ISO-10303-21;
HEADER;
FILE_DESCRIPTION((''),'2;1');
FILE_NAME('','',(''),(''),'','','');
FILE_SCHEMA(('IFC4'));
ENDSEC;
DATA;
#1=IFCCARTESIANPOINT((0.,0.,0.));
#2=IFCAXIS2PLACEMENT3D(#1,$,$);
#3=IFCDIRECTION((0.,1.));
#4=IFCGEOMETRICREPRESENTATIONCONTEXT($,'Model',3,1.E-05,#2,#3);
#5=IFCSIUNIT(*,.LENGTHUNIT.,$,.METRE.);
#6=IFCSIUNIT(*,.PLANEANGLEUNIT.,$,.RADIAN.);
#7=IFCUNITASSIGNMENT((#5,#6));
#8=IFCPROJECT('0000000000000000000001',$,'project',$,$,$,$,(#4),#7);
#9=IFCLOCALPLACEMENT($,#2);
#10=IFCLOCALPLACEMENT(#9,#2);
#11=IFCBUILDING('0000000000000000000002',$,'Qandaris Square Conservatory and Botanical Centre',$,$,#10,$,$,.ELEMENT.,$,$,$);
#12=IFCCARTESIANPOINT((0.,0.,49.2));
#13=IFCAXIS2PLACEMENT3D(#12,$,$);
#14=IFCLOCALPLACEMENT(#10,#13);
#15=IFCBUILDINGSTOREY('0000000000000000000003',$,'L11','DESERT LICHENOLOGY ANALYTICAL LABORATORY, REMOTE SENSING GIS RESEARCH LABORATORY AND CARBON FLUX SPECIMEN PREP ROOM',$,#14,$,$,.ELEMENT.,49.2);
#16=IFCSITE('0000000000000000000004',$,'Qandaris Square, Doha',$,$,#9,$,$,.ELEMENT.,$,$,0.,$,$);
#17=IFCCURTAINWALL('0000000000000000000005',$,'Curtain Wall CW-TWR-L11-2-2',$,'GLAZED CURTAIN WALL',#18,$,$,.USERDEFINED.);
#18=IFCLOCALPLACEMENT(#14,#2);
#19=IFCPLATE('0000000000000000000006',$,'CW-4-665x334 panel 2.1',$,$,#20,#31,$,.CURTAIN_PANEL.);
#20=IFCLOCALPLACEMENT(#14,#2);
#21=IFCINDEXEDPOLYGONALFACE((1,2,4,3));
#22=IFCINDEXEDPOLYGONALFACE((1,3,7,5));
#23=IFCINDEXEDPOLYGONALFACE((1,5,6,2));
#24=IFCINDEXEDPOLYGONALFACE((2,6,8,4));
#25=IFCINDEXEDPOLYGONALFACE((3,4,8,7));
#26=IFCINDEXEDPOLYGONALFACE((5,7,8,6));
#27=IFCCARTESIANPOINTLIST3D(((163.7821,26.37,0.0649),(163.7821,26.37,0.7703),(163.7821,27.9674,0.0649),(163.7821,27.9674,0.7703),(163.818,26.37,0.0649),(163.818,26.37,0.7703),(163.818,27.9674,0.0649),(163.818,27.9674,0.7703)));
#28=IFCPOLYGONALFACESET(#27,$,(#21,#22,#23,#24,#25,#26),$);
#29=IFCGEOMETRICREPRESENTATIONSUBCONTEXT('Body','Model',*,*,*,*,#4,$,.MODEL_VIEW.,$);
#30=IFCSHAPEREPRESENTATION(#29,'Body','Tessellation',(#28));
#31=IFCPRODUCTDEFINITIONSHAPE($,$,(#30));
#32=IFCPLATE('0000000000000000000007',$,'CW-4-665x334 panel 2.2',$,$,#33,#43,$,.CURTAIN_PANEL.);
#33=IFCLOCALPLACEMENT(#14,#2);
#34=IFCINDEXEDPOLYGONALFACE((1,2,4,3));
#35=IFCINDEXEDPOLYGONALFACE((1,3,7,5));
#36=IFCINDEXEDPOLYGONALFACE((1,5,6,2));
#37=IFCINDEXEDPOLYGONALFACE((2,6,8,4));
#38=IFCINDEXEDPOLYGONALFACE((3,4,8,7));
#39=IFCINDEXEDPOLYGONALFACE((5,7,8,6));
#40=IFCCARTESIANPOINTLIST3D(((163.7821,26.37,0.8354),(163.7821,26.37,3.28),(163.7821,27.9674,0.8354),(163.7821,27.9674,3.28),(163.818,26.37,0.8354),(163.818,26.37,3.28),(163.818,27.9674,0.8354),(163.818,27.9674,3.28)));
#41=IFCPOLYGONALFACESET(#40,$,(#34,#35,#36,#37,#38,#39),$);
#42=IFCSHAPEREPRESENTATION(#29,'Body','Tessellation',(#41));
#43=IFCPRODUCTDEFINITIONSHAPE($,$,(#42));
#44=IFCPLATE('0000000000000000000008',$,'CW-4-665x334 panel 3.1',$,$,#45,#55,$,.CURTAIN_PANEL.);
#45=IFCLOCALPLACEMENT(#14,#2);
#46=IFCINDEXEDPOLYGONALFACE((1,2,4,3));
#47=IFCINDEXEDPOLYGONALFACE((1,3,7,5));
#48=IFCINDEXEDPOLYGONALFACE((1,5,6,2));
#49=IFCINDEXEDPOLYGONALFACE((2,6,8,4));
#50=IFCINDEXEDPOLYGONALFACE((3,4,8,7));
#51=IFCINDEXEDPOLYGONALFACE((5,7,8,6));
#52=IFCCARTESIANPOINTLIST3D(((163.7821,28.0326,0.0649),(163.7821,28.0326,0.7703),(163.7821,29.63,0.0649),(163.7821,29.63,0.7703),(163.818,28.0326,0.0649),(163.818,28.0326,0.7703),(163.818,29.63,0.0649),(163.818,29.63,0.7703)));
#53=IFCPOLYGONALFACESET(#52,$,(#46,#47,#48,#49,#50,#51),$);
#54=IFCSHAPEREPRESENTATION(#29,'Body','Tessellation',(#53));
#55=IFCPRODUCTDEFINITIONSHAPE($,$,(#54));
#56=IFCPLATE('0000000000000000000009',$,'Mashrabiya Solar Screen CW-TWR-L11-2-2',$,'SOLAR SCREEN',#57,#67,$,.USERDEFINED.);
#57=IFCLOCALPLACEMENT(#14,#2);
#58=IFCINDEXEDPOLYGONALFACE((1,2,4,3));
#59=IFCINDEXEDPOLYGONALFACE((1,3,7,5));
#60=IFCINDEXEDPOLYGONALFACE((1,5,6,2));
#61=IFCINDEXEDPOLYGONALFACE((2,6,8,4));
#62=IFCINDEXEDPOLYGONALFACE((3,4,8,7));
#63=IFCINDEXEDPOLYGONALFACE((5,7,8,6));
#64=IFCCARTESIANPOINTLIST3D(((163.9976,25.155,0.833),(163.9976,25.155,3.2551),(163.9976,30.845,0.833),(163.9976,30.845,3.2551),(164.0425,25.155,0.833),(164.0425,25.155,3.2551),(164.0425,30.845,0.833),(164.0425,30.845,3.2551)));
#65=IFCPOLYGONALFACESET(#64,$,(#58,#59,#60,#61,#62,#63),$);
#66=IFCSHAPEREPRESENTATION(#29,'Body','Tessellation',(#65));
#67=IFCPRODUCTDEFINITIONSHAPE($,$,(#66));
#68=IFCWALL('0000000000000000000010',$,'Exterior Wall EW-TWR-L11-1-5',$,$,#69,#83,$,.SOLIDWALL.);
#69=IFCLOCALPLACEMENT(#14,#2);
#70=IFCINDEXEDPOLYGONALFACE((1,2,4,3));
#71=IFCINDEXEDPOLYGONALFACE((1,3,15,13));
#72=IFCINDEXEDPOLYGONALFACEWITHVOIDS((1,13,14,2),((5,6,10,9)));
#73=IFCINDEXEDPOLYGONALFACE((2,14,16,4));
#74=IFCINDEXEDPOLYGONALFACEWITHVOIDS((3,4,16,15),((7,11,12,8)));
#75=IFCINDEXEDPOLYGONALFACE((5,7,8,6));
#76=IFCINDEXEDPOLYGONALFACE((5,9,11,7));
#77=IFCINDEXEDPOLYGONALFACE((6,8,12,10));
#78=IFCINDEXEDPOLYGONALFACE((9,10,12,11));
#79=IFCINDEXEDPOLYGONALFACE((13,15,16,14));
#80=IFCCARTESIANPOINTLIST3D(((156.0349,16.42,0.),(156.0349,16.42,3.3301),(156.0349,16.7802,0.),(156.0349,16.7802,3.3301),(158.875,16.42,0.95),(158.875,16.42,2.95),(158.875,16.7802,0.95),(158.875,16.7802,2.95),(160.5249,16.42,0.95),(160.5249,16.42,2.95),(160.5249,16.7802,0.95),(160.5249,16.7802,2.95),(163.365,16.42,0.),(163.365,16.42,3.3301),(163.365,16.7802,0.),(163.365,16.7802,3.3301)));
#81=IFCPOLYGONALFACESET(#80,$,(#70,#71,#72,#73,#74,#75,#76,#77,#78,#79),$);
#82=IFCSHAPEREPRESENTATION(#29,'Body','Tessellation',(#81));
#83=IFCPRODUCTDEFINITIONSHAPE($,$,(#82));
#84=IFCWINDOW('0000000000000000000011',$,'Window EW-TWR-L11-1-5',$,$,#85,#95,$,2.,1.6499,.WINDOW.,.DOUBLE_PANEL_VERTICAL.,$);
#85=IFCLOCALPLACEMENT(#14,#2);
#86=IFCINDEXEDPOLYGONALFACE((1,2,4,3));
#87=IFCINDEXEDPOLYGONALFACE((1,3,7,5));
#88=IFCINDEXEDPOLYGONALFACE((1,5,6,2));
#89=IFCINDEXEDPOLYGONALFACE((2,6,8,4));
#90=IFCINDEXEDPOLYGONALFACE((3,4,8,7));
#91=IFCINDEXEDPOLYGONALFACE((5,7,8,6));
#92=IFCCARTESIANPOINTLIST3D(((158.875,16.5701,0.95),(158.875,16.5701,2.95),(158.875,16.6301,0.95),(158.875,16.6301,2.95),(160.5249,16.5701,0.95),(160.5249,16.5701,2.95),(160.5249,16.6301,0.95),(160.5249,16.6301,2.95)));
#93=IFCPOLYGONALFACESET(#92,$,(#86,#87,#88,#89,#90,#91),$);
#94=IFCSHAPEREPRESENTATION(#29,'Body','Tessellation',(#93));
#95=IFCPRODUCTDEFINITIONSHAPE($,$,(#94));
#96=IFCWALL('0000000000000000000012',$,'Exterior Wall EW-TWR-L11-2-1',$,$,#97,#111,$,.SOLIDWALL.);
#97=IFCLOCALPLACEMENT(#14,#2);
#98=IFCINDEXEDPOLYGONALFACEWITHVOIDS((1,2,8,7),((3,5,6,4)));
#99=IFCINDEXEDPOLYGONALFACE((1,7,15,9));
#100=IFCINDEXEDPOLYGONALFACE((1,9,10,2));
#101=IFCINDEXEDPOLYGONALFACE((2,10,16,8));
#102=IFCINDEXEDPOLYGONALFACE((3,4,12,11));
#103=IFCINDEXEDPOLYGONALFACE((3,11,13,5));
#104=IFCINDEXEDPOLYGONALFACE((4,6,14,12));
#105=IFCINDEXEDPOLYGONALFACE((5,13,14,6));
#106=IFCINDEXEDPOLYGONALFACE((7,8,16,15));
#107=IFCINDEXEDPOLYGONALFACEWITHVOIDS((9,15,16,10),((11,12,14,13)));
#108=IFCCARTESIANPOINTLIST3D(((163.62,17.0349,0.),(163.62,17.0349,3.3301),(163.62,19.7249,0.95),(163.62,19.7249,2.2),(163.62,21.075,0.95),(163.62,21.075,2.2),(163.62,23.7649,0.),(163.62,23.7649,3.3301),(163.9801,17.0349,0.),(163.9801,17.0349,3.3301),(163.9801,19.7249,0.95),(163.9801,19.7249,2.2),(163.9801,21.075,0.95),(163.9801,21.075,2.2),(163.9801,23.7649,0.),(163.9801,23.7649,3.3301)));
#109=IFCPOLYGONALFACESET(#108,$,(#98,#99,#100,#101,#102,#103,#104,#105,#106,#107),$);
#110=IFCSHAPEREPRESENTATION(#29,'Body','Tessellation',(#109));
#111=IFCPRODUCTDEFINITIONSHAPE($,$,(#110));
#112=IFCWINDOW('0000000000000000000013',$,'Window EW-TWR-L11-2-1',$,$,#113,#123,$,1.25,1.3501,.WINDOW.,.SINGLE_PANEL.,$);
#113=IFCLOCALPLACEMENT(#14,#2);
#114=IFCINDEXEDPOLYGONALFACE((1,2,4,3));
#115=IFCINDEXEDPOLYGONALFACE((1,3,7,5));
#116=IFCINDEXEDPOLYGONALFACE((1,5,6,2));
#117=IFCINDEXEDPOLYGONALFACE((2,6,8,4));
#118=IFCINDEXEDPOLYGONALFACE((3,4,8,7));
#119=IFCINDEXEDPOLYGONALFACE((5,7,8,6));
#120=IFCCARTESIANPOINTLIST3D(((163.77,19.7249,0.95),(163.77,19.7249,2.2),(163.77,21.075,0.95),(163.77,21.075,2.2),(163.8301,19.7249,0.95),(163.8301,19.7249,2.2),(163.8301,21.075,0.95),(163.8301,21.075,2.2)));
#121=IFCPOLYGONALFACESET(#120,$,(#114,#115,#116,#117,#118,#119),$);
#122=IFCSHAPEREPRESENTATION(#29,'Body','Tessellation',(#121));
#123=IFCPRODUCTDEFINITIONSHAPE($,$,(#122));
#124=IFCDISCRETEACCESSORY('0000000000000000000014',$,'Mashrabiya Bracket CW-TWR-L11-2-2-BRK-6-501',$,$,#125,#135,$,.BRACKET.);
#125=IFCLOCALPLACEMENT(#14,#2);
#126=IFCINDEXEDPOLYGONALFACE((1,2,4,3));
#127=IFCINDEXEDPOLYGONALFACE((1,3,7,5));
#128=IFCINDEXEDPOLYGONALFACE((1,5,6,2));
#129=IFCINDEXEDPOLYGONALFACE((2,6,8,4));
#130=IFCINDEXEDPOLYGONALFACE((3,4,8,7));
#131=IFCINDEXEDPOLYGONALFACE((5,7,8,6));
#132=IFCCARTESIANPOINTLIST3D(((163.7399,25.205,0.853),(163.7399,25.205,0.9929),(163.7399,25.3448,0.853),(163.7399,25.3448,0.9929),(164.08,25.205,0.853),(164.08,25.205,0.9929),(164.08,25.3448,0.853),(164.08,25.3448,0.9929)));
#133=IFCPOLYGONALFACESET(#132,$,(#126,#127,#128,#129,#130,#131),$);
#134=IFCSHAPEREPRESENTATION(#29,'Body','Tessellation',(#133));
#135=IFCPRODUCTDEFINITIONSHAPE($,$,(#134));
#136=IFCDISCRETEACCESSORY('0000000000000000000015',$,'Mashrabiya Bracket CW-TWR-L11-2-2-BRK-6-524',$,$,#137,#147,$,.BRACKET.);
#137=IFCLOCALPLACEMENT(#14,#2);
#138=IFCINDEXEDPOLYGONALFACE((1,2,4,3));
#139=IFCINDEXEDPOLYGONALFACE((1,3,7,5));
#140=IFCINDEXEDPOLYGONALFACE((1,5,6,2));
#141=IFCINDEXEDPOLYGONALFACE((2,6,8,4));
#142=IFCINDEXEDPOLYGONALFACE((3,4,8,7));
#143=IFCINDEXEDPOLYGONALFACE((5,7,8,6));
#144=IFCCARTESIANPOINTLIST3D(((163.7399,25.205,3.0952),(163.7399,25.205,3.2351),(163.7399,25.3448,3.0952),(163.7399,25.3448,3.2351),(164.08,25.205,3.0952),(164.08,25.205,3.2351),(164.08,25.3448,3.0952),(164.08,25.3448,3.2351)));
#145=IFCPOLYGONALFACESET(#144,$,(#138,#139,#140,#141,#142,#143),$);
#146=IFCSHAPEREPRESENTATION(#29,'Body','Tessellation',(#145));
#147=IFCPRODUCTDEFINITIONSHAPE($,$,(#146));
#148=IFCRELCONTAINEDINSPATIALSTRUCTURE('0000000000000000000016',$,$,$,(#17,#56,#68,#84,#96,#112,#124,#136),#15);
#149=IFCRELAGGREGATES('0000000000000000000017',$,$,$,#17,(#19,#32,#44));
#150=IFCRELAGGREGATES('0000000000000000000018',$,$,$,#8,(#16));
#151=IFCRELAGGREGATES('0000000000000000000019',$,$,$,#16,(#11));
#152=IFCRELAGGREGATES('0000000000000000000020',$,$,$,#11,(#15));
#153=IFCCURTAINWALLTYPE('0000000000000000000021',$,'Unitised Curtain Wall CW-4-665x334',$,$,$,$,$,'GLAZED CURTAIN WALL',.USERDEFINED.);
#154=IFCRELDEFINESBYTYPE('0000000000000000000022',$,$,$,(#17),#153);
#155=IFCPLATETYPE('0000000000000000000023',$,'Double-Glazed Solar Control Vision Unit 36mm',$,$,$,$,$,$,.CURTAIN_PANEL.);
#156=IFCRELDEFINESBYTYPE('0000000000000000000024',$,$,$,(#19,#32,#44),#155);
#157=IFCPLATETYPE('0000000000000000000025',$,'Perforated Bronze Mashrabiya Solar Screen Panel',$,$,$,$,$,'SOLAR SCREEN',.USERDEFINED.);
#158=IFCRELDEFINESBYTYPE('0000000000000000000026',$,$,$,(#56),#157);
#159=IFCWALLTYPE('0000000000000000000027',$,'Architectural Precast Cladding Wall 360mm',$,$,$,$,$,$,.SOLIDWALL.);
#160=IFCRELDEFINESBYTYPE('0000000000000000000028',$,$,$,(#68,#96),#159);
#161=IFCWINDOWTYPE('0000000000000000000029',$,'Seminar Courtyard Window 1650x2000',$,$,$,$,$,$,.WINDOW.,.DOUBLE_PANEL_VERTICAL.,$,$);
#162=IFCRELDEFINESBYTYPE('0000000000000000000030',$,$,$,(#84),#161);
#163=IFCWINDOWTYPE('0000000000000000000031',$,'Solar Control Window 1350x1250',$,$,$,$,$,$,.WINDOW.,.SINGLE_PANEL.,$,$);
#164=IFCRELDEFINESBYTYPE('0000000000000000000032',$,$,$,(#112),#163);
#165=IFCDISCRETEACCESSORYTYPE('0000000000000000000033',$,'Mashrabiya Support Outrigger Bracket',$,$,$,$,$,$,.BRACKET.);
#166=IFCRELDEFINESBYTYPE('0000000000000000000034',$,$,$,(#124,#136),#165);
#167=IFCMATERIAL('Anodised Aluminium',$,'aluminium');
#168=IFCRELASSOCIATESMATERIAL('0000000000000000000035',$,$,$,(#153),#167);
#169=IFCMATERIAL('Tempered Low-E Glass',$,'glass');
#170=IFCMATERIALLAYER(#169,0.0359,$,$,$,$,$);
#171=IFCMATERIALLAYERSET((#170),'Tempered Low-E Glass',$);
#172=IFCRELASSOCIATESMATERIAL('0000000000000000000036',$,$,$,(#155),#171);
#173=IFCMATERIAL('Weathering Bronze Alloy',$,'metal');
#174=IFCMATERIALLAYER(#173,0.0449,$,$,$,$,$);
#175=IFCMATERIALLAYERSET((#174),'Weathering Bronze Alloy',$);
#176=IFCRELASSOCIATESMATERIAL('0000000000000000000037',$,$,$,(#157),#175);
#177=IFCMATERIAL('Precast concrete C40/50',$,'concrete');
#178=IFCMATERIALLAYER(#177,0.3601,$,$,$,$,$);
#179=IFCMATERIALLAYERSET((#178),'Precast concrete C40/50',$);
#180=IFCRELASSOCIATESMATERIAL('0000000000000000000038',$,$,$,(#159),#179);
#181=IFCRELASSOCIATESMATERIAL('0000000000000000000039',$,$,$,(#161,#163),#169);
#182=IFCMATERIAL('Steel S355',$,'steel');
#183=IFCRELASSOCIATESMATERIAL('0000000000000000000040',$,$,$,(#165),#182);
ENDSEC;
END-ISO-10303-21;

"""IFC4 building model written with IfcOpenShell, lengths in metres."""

from ifc_helpers import new_model, si_unit, direction, frame, frame_2d, origin, origin_2d, place, context, subcontext, project, spatial, rectangle, extrude, material, layer, layer_set, type_object, element, fill, aggregate, save


model = new_model("IFC4")

# Units and contexts
model_context = context("Model", 3, precision=1e-05, world=origin(), true_north=direction((0.0, 1.0)))
body_context = subcontext(model_context, "Body", "Model", "MODEL_VIEW")
ifc_project = project(units=[si_unit("LENGTHUNIT", "METRE"), si_unit("PLANEANGLEUNIT", "RADIAN")], contexts=[model_context])

# Site, building, storey
site_placement = place(None, origin())
site = spatial("IfcSite", under=ifc_project, at=site_placement, Name="Qandaris Square, Doha", CompositionType="ELEMENT", RefElevation=0.0)
building_placement = place(site_placement, origin())
building = spatial("IfcBuilding", under=site, at=building_placement, Name="Qandaris Square Conservatory and Botanical Centre", CompositionType="ELEMENT")
storey_placement = place(building_placement, frame((0.0, 0.0, 49.2)))
storey = spatial("IfcBuildingStorey", under=building, at=storey_placement, Name="L11", Description="DESERT LICHENOLOGY ANALYTICAL LABORATORY, REMOTE SENSING GIS RESEARCH LABORATORY AND CARBON FLUX SPECIMEN PREP ROOM", CompositionType="ELEMENT", Elevation=49.2)

# Shared definitions
ifc_material_1 = material(Name="Steel S355", Category="steel")

# Curtain wall
ifc_material_2 = material(Name="Anodised Aluminium", Category="aluminium")
curtain_wall_type = type_object("IfcCurtainWallType", Name="Unitised Curtain Wall CW-4-665x334", ElementType="GLAZED CURTAIN WALL", PredefinedType="USERDEFINED", material=ifc_material_2)
curtain_wall_placement = place(storey_placement, origin())
curtain_wall = element("IfcCurtainWall", 1, at=curtain_wall_placement, inside=storey, type_object=curtain_wall_type, Name="Curtain Wall CW-TWR-L11-2-2", ObjectType="GLAZED CURTAIN WALL", PredefinedType="USERDEFINED")

# Plates
ifc_material_3 = material(Name="Tempered Low-E Glass", Category="glass")
ifc_layer_1 = layer(ifc_material_3, 0.0359)
ifc_layer_set_1 = layer_set([ifc_layer_1], Name="Tempered Low-E Glass")
plate_type_1 = type_object("IfcPlateType", Name="Double-Glazed Solar Control Vision Unit 36mm", PredefinedType="CURTAIN_PANEL", material=ifc_layer_set_1)
plate_1_placement = place(storey_placement, frame((163.8, 27.1687, 0.0649), z_axis=(0.0, 0.0, 1.0), x_axis=(0.0, 1.0, 0.0)))
plate_1 = element("IfcPlate", 2, at=plate_1_placement, type_object=plate_type_1, Name="CW-4-665x334 panel 2.1", PredefinedType="CURTAIN_PANEL", context=body_context, shape_type="SweptSolid", body=[
    extrude(rectangle(XDim=1.5974, YDim=0.0359, at=origin_2d()), origin(), (0.0, 0.0, 1.0), 0.7053),
])
plate_2_placement = place(storey_placement, frame((163.8, 27.1687, 0.8354), z_axis=(0.0, 0.0, 1.0), x_axis=(0.0, 1.0, 0.0)))
plate_2 = element("IfcPlate", 3, at=plate_2_placement, type_object=plate_type_1, Name="CW-4-665x334 panel 2.2", PredefinedType="CURTAIN_PANEL", context=body_context, shape_type="SweptSolid", body=[
    extrude(rectangle(XDim=1.5974, YDim=0.0359, at=origin_2d()), origin(), (0.0, 0.0, 1.0), 2.4446),
])
plate_3_placement = place(storey_placement, frame((163.8, 28.8313, 0.0649), z_axis=(0.0, 0.0, 1.0), x_axis=(0.0, 1.0, 0.0)))
plate_3 = element("IfcPlate", 4, at=plate_3_placement, type_object=plate_type_1, Name="CW-4-665x334 panel 3.1", PredefinedType="CURTAIN_PANEL", context=body_context, shape_type="SweptSolid", body=[
    extrude(rectangle(XDim=1.5974, YDim=0.0359, at=origin_2d()), origin(), (0.0, 0.0, 1.0), 0.7053),
])
aggregate(curtain_wall, [plate_1, plate_2, plate_3])
ifc_material_4 = material(Name="Weathering Bronze Alloy", Category="metal")
ifc_layer_2 = layer(ifc_material_4, 0.0449)
ifc_layer_set_2 = layer_set([ifc_layer_2], Name="Weathering Bronze Alloy")
plate_type_2 = type_object("IfcPlateType", Name="Perforated Bronze Mashrabiya Solar Screen Panel", ElementType="SOLAR SCREEN", PredefinedType="USERDEFINED", material=ifc_layer_set_2)
plate_4_placement = place(storey_placement, frame((164.02, 28.0, 0.833), z_axis=(0.0, 0.0, 1.0), x_axis=(0.0, 1.0, 0.0)))
element("IfcPlate", 5, at=plate_4_placement, inside=storey, type_object=plate_type_2, Name="Mashrabiya Solar Screen CW-TWR-L11-2-2", ObjectType="SOLAR SCREEN", PredefinedType="USERDEFINED", context=body_context, shape_type="SweptSolid", body=[
    extrude(rectangle(XDim=5.6899, YDim=0.0449, at=origin_2d()), origin(), (0.0, 0.0, 1.0), 2.4221),
])

# Walls, openings, windows
ifc_material_5 = material(Name="Precast concrete C40/50", Category="concrete")
ifc_layer_3 = layer(ifc_material_5, 0.3601)
ifc_layer_set_3 = layer_set([ifc_layer_3], Name="Precast concrete C40/50")
wall_type = type_object("IfcWallType", Name="Architectural Precast Cladding Wall 360mm", PredefinedType="SOLIDWALL", material=ifc_layer_set_3)
wall_1_placement = place(storey_placement, frame((156.0349, 16.6001, 0.0), z_axis=(0.0, 0.0, 1.0), x_axis=(1.0, 0.0, 0.0)))
wall_1 = element("IfcWall", 6, at=wall_1_placement, inside=storey, type_object=wall_type, Name="Exterior Wall EW-TWR-L11-1-5", PredefinedType="SOLIDWALL", context=body_context, shape_type="SweptSolid", body=[
    extrude(rectangle(XDim=7.3301, YDim=0.3601, at=frame_2d((3.665, 0.0))), origin(), (0.0, 0.0, 1.0), 3.3301),
])
opening_1_placement = place(wall_1_placement, frame((2.8401, 0.0, 0.95)))
opening_1 = element("IfcOpeningElement", 7, at=opening_1_placement, cuts=wall_1, PredefinedType="OPENING", context=body_context, shape_type="SweptSolid", body=[
    extrude(rectangle(XDim=1.6499, YDim=2.0, at=frame_2d((0.825, 1.0))), frame((0.0, 0.1919, 0.0), z_axis=(0.0, -1.0, 0.0), x_axis=(1.0, 0.0, 0.0)), (0.0, 0.0, 1.0), 0.384),
])
window_type_1 = type_object("IfcWindowType", Name="Seminar Courtyard Window 1650x2000", PartitioningType="DOUBLE_PANEL_VERTICAL", PredefinedType="WINDOW", material=ifc_material_3)
window_1_placement = place(opening_1_placement, origin())
window_1 = element("IfcWindow", 8, at=window_1_placement, inside=storey, type_object=window_type_1, Name="Window EW-TWR-L11-1-5", OverallHeight=2.0, OverallWidth=1.6499, PartitioningType="DOUBLE_PANEL_VERTICAL", PredefinedType="WINDOW", context=body_context, shape_type="SweptSolid", body=[
    extrude(rectangle(XDim=1.6499, YDim=2.0, at=frame_2d((0.825, 1.0))), frame((0.0, 0.03, 0.0), z_axis=(0.0, -1.0, 0.0), x_axis=(1.0, 0.0, 0.0)), (0.0, 0.0, 1.0), 0.0601),
])
fill(opening_1, window_1)
wall_2_placement = place(storey_placement, frame((163.8, 17.0349, 0.0), z_axis=(0.0, 0.0, 1.0), x_axis=(0.0, 1.0, 0.0)))
wall_2 = element("IfcWall", 9, at=wall_2_placement, inside=storey, type_object=wall_type, Name="Exterior Wall EW-TWR-L11-2-1", PredefinedType="SOLIDWALL", context=body_context, shape_type="SweptSolid", body=[
    extrude(rectangle(XDim=6.73, YDim=0.3601, at=frame_2d((3.365, 0.0))), origin(), (0.0, 0.0, 1.0), 3.3301),
])
opening_2_placement = place(wall_2_placement, frame((2.6899, 0.0, 0.95)))
opening_2 = element("IfcOpeningElement", 10, at=opening_2_placement, cuts=wall_2, PredefinedType="OPENING", context=body_context, shape_type="SweptSolid", body=[
    extrude(rectangle(XDim=1.3501, YDim=1.25, at=frame_2d((0.675, 0.625))), frame((0.0, 0.1919, 0.0), z_axis=(0.0, -1.0, 0.0), x_axis=(1.0, 0.0, 0.0)), (0.0, 0.0, 1.0), 0.384),
])
window_type_2 = type_object("IfcWindowType", Name="Solar Control Window 1350x1250", PartitioningType="SINGLE_PANEL", PredefinedType="WINDOW", material=ifc_material_3)
window_2_placement = place(opening_2_placement, origin())
window_2 = element("IfcWindow", 11, at=window_2_placement, inside=storey, type_object=window_type_2, Name="Window EW-TWR-L11-2-1", OverallHeight=1.25, OverallWidth=1.3501, PartitioningType="SINGLE_PANEL", PredefinedType="WINDOW", context=body_context, shape_type="SweptSolid", body=[
    extrude(rectangle(XDim=1.3501, YDim=1.25, at=frame_2d((0.675, 0.625))), frame((0.0, 0.03, 0.0), z_axis=(0.0, -1.0, 0.0), x_axis=(1.0, 0.0, 0.0)), (0.0, 0.0, 1.0), 0.0601),
])
fill(opening_2, window_2)

# Discrete accessories
discrete_accessory_type = type_object("IfcDiscreteAccessoryType", Name="Mashrabiya Support Outrigger Bracket", PredefinedType="BRACKET", material=ifc_material_1)
for number, where, z_axis, x_axis, name in (
    (12, (163.9099, 25.2749, 0.853), (0.0, 0.0, 1.0), (0.0, 1.0, 0.0), "Mashrabiya Bracket CW-TWR-L11-2-2-BRK-6-501"),
    (13, (163.9099, 25.2749, 3.0952), (0.0, 0.0, 1.0), (0.0, 1.0, 0.0), "Mashrabiya Bracket CW-TWR-L11-2-2-BRK-6-524"),
):
    element("IfcDiscreteAccessory", number, at=place(storey_placement, frame(where, z_axis=z_axis, x_axis=x_axis)), inside=storey, type_object=discrete_accessory_type, Name=name, PredefinedType="BRACKET", context=body_context, shape_type="SweptSolid", body=[
        extrude(rectangle(XDim=0.1399, YDim=0.3401, at=origin_2d()), origin(), (0.0, 0.0, 1.0), 0.1399),
    ])

save(model, "model.ifc")
